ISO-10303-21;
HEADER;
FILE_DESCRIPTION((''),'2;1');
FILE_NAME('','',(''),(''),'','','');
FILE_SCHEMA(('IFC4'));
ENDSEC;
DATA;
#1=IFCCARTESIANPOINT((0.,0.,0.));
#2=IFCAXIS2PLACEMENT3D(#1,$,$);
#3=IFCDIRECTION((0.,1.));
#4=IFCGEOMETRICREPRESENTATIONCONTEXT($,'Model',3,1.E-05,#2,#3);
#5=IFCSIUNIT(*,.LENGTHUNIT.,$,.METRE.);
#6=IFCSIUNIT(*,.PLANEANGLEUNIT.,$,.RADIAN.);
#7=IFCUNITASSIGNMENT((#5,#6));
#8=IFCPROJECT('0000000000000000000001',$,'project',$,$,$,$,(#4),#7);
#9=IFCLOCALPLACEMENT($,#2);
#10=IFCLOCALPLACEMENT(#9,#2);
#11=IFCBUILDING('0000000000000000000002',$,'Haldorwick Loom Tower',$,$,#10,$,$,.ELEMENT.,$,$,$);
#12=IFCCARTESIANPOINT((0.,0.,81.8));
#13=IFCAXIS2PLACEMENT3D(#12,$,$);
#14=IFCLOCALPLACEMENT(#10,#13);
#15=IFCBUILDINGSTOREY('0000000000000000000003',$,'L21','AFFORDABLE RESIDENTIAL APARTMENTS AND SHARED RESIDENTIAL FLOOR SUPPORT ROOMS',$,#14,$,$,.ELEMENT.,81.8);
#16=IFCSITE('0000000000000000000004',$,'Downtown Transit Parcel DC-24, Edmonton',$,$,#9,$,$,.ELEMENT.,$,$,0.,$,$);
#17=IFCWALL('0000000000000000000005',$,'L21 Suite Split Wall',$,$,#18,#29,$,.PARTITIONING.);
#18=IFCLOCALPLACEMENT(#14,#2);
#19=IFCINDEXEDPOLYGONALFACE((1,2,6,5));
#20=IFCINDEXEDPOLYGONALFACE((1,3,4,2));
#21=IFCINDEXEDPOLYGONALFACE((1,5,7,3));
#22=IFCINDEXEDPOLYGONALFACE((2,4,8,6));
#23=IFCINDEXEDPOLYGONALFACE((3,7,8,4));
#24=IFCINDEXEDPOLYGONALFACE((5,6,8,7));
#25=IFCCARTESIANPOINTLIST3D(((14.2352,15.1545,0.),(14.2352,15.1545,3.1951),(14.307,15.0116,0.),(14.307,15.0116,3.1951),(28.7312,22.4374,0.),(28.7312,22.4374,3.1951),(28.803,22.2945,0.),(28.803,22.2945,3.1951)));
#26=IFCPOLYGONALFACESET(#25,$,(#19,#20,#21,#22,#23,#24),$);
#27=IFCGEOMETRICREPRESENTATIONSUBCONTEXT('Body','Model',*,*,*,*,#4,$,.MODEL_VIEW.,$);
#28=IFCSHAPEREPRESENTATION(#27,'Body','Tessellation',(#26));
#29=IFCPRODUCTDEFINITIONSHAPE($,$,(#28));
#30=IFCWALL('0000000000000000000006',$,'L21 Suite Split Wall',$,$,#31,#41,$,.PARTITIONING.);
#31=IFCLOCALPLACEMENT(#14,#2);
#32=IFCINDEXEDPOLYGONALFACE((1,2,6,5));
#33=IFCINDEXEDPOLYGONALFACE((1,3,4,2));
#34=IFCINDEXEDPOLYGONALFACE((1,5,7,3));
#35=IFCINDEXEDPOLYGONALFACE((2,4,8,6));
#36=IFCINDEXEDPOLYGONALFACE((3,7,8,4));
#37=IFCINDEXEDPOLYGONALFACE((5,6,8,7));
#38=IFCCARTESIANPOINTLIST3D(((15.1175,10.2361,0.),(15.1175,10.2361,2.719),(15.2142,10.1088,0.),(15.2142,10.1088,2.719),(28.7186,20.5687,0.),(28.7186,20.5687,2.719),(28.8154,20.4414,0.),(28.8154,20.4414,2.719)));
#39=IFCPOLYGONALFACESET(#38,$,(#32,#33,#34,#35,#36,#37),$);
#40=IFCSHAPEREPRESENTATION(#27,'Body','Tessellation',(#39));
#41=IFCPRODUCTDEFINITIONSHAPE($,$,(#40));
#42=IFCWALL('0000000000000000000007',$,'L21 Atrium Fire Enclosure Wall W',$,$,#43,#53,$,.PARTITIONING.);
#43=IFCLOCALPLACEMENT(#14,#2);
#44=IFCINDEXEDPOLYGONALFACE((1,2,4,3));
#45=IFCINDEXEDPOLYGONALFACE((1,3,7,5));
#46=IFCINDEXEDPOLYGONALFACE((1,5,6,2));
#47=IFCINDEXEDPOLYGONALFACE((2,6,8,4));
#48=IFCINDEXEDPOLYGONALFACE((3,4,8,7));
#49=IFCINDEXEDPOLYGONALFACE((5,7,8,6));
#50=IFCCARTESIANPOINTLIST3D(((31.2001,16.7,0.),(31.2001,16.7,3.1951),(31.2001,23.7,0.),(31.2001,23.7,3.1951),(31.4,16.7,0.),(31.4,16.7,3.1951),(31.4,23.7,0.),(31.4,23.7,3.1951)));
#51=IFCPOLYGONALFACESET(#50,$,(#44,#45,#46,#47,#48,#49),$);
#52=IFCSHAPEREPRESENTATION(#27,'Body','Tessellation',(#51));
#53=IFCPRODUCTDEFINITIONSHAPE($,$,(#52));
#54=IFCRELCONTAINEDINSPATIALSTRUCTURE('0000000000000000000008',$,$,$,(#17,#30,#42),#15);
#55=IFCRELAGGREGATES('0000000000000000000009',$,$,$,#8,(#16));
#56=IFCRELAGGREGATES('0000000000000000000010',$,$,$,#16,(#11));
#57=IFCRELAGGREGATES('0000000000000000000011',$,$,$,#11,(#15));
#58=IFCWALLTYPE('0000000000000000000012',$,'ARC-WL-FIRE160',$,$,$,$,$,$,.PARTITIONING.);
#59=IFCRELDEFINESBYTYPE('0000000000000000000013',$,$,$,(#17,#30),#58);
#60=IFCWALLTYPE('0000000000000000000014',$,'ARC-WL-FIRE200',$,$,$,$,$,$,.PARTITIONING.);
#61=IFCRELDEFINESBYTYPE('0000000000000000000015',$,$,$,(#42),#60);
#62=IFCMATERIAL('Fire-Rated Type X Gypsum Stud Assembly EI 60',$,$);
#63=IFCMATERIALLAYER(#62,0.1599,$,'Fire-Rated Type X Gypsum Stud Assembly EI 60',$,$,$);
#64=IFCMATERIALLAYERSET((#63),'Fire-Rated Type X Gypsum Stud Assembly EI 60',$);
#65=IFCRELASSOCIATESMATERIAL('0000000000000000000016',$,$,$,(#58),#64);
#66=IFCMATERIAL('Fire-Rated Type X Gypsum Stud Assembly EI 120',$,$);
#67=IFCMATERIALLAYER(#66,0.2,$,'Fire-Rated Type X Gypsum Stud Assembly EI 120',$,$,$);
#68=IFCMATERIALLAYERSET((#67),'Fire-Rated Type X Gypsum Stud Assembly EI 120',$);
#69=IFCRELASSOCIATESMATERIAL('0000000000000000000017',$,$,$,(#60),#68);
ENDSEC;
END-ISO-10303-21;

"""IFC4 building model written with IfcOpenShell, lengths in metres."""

from ifc_helpers import new_model, si_unit, direction, frame, frame_2d, origin, place, context, subcontext, project, spatial, rectangle, extrude, material, layer, layer_set, type_object, element, save


model = new_model("IFC4")

# Units and contexts
model_context = context("Model", 3, precision=1e-05, world=origin(), true_north=direction((0.0, 1.0)))
body_context = subcontext(model_context, "Body", "Model", "MODEL_VIEW")
ifc_project = project(units=[si_unit("LENGTHUNIT", "METRE"), si_unit("PLANEANGLEUNIT", "RADIAN")], contexts=[model_context])

# Site, building, storey
site_placement = place(None, origin())
site = spatial("IfcSite", under=ifc_project, at=site_placement, Name="Downtown Transit Parcel DC-24, Edmonton", CompositionType="ELEMENT", RefElevation=0.0)
building_placement = place(site_placement, origin())
building = spatial("IfcBuilding", under=site, at=building_placement, Name="Haldorwick Loom Tower", CompositionType="ELEMENT")
storey_placement = place(building_placement, frame((0.0, 0.0, 81.8)))
storey = spatial("IfcBuildingStorey", under=building, at=storey_placement, Name="L21", Description="AFFORDABLE RESIDENTIAL APARTMENTS AND SHARED RESIDENTIAL FLOOR SUPPORT ROOMS", CompositionType="ELEMENT", Elevation=81.8)

# Shared definitions
ifc_material_1 = material(Name="Fire-Rated Type X Gypsum Stud Assembly EI 60")
ifc_layer_1 = layer(ifc_material_1, 0.1599, Name="Fire-Rated Type X Gypsum Stud Assembly EI 60")
ifc_layer_set_1 = layer_set([ifc_layer_1], Name="Fire-Rated Type X Gypsum Stud Assembly EI 60")
wall_type_1 = type_object("IfcWallType", Name="ARC-WL-FIRE160", PredefinedType="PARTITIONING", material=ifc_layer_set_1)

# Walls
wall_1_placement = place(storey_placement, frame((28.7671, 22.366, 0.0), z_axis=(0.0, 0.0, 1.0), x_axis=(-0.893565, -0.448934, 0.0)))
element("IfcWall", 1, at=wall_1_placement, inside=storey, type_object=wall_type_1, Name="L21 Suite Split Wall", PredefinedType="PARTITIONING", context=body_context, shape_type="SweptSolid", body=[
    extrude(rectangle(XDim=16.2227, YDim=0.1599, at=frame_2d((8.1113, 0.0))), origin(), (0.0, 0.0, 1.0), 3.1951),
])
wall_2_placement = place(storey_placement, frame((28.7671, 20.5051, 0.0), z_axis=(0.0, 0.0, 1.0), x_axis=(-0.796283, -0.604924, 0.0)))
element("IfcWall", 2, at=wall_2_placement, inside=storey, type_object=wall_type_1, Name="L21 Suite Split Wall", PredefinedType="PARTITIONING", context=body_context, shape_type="SweptSolid", body=[
    extrude(rectangle(XDim=17.0808, YDim=0.1599, at=frame_2d((8.5405, 0.0))), origin(), (0.0, 0.0, 1.0), 2.719),
])
ifc_material_2 = material(Name="Fire-Rated Type X Gypsum Stud Assembly EI 120")
ifc_layer_2 = layer(ifc_material_2, 0.2, Name="Fire-Rated Type X Gypsum Stud Assembly EI 120")
ifc_layer_set_2 = layer_set([ifc_layer_2], Name="Fire-Rated Type X Gypsum Stud Assembly EI 120")
wall_type_2 = type_object("IfcWallType", Name="ARC-WL-FIRE200", PredefinedType="PARTITIONING", material=ifc_layer_set_2)
wall_3_placement = place(storey_placement, frame((31.3, 16.7, 0.0), z_axis=(0.0, 0.0, 1.0), x_axis=(0.0, 1.0, 0.0)))
element("IfcWall", 3, at=wall_3_placement, inside=storey, type_object=wall_type_2, Name="L21 Atrium Fire Enclosure Wall W", PredefinedType="PARTITIONING", context=body_context, shape_type="SweptSolid", body=[
    extrude(rectangle(XDim=7.0, YDim=0.2, at=frame_2d((3.5, 0.0))), origin(), (0.0, 0.0, 1.0), 3.1951),
])

save(model, "model.ifc")
